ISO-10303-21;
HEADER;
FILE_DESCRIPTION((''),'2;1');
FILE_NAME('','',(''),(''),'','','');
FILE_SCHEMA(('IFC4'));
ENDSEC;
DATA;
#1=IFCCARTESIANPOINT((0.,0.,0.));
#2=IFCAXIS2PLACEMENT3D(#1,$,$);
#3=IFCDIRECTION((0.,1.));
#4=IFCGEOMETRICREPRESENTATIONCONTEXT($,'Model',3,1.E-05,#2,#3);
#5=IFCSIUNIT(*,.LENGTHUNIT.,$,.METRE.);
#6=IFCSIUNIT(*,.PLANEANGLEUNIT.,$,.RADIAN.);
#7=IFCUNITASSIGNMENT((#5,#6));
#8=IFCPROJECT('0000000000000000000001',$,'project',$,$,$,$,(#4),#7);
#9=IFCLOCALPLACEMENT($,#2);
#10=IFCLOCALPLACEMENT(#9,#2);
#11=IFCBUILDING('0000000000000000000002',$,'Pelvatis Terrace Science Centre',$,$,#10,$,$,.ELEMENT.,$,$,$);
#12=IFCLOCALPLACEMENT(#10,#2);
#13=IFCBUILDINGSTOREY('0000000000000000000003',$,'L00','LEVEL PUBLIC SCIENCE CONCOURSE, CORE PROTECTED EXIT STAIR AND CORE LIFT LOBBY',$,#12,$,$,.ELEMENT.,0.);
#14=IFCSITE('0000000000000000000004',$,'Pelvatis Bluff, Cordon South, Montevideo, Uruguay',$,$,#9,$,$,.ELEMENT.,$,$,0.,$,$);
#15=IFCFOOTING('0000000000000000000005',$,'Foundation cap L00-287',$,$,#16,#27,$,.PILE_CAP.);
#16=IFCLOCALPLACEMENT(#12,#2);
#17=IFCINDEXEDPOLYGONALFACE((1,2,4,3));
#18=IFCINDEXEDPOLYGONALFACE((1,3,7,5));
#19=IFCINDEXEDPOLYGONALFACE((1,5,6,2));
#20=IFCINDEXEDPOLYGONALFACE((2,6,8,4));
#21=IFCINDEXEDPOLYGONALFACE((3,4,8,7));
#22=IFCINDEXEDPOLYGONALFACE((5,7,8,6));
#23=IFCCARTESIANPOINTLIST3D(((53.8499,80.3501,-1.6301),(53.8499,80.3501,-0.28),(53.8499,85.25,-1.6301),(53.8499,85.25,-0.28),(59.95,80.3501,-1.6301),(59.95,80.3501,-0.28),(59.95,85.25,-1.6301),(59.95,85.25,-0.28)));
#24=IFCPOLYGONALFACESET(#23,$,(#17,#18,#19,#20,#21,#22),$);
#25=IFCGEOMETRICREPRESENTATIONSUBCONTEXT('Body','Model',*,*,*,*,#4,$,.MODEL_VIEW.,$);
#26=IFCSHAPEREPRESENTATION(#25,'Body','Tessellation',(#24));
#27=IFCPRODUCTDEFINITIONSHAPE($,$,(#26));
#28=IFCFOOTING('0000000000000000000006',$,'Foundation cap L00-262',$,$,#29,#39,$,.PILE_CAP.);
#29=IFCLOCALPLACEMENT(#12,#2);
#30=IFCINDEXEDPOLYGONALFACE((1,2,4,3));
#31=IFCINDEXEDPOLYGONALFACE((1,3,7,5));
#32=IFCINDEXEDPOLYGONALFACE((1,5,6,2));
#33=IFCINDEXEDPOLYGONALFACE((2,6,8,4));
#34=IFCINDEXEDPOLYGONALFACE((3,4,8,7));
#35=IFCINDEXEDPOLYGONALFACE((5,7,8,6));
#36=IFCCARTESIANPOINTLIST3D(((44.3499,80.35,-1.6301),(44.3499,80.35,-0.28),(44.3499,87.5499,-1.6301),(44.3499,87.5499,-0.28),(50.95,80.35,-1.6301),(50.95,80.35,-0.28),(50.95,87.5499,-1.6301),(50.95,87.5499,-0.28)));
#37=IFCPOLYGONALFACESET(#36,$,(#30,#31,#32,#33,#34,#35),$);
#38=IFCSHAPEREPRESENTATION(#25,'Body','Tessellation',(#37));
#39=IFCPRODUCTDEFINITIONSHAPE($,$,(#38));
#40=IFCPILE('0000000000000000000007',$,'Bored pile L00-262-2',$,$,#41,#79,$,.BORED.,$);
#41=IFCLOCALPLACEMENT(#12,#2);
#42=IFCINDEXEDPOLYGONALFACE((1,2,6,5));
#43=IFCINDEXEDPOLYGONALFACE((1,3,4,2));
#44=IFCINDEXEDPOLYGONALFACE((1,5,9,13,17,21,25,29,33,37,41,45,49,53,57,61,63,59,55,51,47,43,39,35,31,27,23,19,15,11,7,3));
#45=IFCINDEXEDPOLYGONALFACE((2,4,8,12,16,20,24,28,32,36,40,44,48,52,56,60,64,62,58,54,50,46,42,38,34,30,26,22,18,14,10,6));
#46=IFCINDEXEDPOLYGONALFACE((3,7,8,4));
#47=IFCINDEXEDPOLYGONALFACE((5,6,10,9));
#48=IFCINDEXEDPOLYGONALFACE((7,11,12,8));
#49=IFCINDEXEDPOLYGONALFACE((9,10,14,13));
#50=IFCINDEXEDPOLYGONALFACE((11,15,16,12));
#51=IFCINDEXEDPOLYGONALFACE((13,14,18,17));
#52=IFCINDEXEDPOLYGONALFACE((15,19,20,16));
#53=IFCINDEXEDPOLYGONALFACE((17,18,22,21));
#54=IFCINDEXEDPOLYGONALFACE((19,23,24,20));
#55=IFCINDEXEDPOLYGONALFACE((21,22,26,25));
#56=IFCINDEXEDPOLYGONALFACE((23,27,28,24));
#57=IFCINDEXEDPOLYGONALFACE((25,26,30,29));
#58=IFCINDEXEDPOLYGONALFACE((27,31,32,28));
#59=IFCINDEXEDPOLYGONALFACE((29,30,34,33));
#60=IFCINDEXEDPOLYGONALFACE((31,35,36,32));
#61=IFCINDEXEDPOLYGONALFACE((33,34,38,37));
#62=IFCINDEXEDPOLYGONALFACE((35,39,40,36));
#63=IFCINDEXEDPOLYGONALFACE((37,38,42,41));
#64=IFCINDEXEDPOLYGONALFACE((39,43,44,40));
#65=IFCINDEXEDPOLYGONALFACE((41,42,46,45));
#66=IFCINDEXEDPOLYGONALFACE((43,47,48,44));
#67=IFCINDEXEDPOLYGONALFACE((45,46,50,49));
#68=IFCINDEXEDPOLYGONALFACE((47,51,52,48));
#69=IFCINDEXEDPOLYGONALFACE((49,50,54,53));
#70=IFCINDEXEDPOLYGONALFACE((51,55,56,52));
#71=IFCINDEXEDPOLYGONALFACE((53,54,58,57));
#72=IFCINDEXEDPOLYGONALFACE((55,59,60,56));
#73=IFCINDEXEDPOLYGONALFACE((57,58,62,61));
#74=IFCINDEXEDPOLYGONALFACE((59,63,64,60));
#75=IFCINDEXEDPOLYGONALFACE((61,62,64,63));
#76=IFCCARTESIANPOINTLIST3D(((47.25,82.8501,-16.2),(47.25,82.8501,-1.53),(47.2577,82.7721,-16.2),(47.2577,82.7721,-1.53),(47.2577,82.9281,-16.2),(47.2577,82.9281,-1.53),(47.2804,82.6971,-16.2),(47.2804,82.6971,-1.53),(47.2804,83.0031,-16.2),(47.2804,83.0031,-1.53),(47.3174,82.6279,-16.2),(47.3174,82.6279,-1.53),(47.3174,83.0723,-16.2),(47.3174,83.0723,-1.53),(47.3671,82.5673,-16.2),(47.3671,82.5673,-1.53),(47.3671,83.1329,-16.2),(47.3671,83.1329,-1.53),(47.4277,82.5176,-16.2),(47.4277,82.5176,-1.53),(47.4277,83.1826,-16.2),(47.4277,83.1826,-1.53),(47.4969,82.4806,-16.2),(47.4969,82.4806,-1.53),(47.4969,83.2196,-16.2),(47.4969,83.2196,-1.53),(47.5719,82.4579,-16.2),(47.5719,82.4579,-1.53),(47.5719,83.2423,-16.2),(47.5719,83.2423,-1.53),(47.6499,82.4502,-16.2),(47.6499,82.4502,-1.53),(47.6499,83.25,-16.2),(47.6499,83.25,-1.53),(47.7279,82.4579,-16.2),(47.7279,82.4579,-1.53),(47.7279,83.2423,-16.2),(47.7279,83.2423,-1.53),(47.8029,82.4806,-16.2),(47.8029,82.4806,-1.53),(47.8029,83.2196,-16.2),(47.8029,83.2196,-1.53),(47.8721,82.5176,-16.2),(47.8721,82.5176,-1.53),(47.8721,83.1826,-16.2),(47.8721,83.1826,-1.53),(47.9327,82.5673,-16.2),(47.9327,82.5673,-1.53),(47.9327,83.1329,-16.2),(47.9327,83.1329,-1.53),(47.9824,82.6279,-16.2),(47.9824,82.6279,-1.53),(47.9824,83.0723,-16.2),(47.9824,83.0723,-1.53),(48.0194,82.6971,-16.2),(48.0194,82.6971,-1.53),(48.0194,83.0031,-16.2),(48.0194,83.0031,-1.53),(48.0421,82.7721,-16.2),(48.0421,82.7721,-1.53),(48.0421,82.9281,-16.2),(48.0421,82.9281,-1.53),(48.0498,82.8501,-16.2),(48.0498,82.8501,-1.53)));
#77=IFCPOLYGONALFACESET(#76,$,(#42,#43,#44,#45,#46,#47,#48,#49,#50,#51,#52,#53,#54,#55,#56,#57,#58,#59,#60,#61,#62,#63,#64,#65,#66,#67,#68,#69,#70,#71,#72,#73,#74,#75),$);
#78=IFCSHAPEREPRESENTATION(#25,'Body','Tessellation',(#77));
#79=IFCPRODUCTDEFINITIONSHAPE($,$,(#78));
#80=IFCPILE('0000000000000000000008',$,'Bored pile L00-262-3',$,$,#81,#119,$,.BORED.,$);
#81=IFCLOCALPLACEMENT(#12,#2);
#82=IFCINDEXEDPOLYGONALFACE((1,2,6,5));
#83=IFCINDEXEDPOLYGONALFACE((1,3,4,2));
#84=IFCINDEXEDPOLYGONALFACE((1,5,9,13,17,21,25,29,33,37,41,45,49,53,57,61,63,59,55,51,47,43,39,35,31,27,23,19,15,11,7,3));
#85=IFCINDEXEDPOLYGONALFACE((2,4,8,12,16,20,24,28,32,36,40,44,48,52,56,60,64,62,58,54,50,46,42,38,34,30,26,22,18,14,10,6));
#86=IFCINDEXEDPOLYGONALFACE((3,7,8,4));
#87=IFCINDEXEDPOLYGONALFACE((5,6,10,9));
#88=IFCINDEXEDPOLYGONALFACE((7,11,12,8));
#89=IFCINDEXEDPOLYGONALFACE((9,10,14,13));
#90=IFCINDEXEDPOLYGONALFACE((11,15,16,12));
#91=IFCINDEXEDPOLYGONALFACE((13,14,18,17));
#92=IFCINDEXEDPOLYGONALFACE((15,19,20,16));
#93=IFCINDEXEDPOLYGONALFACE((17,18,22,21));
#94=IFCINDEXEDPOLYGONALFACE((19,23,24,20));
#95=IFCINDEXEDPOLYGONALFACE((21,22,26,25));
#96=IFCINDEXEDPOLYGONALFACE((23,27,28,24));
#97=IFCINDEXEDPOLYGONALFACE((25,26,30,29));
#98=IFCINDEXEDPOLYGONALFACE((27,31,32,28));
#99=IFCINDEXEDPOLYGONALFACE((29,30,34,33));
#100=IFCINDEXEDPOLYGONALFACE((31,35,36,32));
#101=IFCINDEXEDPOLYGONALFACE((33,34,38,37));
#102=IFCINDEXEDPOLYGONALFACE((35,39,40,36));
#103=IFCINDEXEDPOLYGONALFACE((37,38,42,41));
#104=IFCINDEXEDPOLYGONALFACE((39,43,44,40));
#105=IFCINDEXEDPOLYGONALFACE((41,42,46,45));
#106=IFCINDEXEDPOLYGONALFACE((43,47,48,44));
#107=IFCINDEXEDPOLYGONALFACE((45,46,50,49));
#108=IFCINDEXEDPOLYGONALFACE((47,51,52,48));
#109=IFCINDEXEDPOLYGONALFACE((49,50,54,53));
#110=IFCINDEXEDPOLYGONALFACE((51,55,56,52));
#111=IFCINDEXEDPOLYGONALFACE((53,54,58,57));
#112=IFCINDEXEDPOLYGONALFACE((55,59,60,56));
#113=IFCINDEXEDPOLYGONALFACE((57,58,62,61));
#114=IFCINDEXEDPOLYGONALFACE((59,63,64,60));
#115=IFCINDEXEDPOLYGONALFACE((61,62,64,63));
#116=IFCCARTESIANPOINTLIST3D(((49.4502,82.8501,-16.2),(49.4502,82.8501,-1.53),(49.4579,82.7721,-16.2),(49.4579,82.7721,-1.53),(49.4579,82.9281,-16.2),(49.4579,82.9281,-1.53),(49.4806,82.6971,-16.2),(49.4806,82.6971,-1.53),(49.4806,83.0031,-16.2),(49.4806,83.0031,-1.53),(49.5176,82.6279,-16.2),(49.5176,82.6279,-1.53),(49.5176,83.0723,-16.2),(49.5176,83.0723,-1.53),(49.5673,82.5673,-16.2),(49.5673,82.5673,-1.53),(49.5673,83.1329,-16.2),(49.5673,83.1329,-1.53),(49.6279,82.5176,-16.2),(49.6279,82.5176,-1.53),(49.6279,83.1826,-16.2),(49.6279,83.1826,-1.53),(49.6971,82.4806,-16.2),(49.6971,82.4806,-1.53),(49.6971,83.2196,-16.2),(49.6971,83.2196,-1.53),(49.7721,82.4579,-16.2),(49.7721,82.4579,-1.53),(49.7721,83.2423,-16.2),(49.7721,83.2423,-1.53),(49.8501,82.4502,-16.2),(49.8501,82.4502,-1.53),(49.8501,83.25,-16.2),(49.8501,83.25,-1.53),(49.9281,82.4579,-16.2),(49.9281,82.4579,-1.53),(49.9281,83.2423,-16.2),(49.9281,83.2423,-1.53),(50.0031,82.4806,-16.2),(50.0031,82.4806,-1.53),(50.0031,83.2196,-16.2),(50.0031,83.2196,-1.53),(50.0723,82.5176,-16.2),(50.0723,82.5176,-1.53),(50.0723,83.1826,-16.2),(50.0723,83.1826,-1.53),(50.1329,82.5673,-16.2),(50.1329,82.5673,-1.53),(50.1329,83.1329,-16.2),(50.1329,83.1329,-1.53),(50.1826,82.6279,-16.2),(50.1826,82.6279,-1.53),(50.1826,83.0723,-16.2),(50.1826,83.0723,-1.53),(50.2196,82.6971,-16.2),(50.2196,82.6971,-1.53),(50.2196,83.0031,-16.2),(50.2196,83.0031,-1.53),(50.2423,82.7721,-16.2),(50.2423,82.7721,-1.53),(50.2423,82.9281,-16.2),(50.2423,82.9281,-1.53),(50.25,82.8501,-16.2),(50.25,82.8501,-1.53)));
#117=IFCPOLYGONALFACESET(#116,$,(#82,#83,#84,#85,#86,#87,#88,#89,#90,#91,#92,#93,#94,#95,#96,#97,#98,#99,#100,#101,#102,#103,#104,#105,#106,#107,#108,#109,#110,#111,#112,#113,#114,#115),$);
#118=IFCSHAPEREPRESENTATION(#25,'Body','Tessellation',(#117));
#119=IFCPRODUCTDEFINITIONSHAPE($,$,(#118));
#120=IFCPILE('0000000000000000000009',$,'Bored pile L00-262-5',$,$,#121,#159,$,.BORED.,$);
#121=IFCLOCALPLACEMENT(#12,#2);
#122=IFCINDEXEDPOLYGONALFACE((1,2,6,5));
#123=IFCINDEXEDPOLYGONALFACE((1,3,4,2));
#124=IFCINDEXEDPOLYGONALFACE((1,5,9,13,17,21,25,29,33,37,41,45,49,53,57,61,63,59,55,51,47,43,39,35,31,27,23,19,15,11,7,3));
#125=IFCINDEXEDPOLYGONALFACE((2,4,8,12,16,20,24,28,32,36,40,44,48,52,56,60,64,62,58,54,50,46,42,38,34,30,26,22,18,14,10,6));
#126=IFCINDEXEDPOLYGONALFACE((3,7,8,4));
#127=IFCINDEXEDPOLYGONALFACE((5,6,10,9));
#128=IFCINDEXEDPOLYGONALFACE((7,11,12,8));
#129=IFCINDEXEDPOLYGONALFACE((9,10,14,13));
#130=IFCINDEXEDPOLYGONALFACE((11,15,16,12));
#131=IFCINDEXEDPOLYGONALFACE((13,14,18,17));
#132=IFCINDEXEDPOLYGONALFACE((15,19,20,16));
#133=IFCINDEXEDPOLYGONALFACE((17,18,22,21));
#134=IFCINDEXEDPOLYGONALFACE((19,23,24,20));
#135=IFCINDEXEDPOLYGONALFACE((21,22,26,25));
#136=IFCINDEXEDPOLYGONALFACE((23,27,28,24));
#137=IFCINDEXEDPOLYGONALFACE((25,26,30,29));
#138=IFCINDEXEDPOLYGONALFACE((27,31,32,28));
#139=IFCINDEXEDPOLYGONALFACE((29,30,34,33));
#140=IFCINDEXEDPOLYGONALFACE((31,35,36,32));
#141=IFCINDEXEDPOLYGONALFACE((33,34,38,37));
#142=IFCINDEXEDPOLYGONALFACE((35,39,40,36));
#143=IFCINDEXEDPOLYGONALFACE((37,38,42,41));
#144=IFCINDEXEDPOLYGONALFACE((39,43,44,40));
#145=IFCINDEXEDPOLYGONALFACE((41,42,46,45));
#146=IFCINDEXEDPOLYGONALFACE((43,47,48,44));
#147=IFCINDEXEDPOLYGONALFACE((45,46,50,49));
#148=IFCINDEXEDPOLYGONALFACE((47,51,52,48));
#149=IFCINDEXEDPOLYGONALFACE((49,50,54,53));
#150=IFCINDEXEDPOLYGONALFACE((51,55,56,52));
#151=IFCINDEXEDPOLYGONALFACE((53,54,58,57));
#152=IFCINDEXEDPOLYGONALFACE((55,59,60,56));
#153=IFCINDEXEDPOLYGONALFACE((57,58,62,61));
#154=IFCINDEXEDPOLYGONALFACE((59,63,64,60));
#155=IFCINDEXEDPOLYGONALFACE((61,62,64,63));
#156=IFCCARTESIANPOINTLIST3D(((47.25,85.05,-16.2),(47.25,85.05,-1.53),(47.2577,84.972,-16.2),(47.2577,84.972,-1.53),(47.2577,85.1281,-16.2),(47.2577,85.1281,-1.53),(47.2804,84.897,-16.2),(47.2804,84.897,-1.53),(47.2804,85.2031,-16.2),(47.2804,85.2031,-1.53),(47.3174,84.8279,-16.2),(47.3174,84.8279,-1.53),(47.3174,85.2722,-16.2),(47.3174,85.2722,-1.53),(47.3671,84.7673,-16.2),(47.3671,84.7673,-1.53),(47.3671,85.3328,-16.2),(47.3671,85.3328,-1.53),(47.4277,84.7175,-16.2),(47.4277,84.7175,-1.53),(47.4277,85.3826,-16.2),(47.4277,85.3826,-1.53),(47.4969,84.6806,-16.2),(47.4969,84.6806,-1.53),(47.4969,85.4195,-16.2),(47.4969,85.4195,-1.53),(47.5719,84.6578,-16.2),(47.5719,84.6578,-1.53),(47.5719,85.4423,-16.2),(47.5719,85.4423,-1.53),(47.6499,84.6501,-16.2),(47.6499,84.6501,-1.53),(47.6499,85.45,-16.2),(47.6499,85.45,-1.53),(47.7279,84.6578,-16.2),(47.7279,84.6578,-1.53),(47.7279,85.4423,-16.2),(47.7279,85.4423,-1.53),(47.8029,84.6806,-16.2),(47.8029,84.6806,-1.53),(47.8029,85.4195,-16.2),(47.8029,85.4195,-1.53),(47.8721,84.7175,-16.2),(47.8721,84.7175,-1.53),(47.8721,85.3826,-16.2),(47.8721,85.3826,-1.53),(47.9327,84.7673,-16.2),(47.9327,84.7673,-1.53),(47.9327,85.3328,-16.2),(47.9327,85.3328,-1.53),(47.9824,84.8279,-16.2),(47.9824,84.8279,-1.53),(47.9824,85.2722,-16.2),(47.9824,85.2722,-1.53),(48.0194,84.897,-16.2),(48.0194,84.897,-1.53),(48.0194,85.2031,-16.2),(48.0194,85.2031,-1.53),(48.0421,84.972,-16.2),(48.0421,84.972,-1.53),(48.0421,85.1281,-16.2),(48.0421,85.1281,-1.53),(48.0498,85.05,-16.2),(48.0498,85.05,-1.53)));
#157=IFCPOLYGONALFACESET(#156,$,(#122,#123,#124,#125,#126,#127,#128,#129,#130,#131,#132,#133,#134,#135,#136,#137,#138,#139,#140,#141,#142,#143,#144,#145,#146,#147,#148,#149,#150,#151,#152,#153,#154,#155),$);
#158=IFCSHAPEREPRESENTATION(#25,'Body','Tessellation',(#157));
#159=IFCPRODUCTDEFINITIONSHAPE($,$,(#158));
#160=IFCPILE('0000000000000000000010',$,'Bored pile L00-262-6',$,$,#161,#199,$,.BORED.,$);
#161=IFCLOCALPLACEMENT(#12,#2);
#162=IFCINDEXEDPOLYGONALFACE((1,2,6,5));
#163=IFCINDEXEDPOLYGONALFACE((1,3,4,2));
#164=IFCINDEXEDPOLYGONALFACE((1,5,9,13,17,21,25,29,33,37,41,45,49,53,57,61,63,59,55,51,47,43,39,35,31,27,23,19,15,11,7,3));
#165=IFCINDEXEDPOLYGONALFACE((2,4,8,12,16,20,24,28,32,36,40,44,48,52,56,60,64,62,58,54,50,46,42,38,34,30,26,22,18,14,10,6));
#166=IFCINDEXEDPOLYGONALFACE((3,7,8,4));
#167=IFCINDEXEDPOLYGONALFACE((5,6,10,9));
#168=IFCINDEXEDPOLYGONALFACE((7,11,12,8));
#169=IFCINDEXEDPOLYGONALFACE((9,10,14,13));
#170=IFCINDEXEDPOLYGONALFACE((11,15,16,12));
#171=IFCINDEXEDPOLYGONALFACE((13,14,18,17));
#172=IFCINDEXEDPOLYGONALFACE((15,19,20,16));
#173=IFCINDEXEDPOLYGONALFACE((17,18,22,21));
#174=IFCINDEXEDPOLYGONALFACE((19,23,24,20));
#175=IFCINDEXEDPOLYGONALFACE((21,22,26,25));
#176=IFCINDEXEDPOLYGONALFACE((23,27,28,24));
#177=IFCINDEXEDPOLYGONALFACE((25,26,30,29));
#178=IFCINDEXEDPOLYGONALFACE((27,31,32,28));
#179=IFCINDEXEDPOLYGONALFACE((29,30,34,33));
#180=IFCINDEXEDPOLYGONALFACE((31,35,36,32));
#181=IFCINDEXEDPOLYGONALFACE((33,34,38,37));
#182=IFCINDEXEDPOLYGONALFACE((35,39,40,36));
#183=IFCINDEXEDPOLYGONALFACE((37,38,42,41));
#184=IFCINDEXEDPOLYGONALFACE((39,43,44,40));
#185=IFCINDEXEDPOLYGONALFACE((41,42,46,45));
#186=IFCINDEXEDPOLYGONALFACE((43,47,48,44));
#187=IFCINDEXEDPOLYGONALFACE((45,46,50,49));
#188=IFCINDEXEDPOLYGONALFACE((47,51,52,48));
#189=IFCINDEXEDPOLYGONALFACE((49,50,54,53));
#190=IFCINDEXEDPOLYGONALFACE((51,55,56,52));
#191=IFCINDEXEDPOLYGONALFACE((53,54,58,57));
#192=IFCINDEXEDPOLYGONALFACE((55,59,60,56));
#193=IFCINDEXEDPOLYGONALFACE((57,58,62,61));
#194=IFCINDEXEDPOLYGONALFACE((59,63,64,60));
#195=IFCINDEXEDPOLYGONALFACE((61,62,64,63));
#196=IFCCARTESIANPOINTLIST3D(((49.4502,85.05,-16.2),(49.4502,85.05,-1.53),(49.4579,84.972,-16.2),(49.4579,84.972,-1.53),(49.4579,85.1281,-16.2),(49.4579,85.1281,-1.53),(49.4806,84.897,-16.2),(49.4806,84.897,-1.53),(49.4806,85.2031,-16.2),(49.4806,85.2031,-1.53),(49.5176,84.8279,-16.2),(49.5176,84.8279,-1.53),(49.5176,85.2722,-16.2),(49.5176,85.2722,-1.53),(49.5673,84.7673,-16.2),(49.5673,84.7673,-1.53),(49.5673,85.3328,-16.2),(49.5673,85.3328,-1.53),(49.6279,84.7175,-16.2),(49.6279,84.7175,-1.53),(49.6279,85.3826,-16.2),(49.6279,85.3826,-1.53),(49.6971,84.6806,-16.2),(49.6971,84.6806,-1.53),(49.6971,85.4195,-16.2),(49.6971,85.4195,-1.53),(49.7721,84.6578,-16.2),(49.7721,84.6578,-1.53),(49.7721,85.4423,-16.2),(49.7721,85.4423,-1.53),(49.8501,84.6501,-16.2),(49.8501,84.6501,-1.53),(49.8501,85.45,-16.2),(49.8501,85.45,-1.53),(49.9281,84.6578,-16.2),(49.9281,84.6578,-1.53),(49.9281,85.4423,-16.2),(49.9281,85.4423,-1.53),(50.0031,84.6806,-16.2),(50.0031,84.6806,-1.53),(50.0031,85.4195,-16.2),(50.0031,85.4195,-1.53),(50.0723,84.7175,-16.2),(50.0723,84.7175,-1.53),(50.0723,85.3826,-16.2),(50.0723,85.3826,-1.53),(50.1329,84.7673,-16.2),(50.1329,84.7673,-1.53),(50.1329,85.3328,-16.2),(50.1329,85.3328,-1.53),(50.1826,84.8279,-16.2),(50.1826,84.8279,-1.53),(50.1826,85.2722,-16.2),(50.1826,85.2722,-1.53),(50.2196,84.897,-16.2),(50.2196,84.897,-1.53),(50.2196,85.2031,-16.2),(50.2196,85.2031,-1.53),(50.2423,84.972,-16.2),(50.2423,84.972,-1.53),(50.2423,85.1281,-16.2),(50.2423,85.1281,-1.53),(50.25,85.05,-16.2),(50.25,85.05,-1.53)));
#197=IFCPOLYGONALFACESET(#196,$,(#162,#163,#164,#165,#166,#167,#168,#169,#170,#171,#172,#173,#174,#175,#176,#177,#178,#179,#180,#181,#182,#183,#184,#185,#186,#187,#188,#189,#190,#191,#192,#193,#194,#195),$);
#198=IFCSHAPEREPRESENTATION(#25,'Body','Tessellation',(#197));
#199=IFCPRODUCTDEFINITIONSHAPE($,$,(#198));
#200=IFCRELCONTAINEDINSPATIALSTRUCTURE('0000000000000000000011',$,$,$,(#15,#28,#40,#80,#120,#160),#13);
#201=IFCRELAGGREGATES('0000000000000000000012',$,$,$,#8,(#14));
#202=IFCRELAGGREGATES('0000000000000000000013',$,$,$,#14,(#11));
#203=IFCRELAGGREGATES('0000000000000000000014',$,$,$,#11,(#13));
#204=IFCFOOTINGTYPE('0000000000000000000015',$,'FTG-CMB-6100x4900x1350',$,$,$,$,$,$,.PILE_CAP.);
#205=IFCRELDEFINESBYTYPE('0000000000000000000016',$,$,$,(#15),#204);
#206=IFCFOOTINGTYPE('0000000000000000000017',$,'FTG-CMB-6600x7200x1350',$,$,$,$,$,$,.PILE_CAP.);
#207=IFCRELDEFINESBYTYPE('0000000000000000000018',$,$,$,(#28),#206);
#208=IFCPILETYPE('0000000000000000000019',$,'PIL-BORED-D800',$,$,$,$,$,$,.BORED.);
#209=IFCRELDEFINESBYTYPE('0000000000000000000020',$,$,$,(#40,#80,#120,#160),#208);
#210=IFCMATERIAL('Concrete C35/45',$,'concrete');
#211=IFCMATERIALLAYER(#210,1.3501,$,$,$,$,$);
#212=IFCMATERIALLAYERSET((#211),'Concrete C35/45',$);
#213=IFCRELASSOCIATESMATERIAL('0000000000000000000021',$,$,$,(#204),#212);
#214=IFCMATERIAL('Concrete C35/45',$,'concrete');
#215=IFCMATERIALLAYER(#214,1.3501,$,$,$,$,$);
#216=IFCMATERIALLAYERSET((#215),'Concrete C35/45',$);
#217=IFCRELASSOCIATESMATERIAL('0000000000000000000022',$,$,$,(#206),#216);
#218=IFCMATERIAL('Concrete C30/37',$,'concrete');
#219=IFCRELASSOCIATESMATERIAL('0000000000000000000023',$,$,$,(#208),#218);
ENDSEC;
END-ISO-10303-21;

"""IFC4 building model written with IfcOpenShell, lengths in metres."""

from ifc_helpers import new_model, si_unit, direction, frame, origin, origin_2d, place, context, subcontext, project, spatial, rectangle, circle, extrude, material, layer, layer_set, material_profile, profile_set, type_object, element, save


model = new_model("IFC4")

# Units and contexts
model_context = context("Model", 3, precision=1e-05, world=origin(), true_north=direction((0.0, 1.0)))
body_context = subcontext(model_context, "Body", "Model", "MODEL_VIEW")
ifc_project = project(units=[si_unit("LENGTHUNIT", "METRE"), si_unit("PLANEANGLEUNIT", "RADIAN")], contexts=[model_context])

# Site, building, storey
site_placement = place(None, origin())
site = spatial("IfcSite", under=ifc_project, at=site_placement, Name="Pelvatis Bluff, Cordon South, Montevideo, Uruguay", CompositionType="ELEMENT", RefElevation=0.0)
building_placement = place(site_placement, origin())
building = spatial("IfcBuilding", under=site, at=building_placement, Name="Pelvatis Terrace Science Centre", CompositionType="ELEMENT")
storey_placement = place(building_placement, origin())
storey = spatial("IfcBuildingStorey", under=building, at=storey_placement, Name="L00", Description="LEVEL PUBLIC SCIENCE CONCOURSE, CORE PROTECTED EXIT STAIR AND CORE LIFT LOBBY", CompositionType="ELEMENT", Elevation=0.0)

# Footings
ifc_material_1 = material(Name="Concrete C35/45", Category="concrete")
ifc_layer_1 = layer(ifc_material_1, 1.3501)
ifc_layer_set_1 = layer_set([ifc_layer_1], Name="Concrete C35/45")
footing_type_1 = type_object("IfcFootingType", Name="FTG-CMB-6100x4900x1350", PredefinedType="PILE_CAP", material=ifc_layer_set_1)
footing_1_placement = place(storey_placement, frame((56.8999, 82.8, -1.6301), z_axis=(0.0, 0.0, 1.0), x_axis=(1.0, 0.0, 0.0)))
element("IfcFooting", 1, at=footing_1_placement, inside=storey, type_object=footing_type_1, Name="Foundation cap L00-287", PredefinedType="PILE_CAP", context=body_context, shape_type="SweptSolid", body=[
    extrude(rectangle(XDim=6.1001, YDim=4.8999, at=origin_2d()), origin(), (0.0, 0.0, 1.0), 1.3501),
])
ifc_material_2 = material(Name="Concrete C35/45", Category="concrete")
ifc_layer_2 = layer(ifc_material_2, 1.3501)
ifc_layer_set_2 = layer_set([ifc_layer_2], Name="Concrete C35/45")
footing_type_2 = type_object("IfcFootingType", Name="FTG-CMB-6600x7200x1350", PredefinedType="PILE_CAP", material=ifc_layer_set_2)
footing_2_placement = place(storey_placement, frame((47.6499, 83.95, -1.6301), z_axis=(0.0, 0.0, 1.0), x_axis=(1.0, 0.0, 0.0)))
element("IfcFooting", 2, at=footing_2_placement, inside=storey, type_object=footing_type_2, Name="Foundation cap L00-262", PredefinedType="PILE_CAP", context=body_context, shape_type="SweptSolid", body=[
    extrude(rectangle(XDim=6.6001, YDim=7.2, at=origin_2d()), origin(), (0.0, 0.0, 1.0), 1.3501),
])

# Piles
ifc_material_3 = material(Name="Concrete C30/37", Category="concrete")
ifc_material_profile_1 = material_profile(ifc_material_3, circle(Radius=0.3999, at=origin_2d()), Name="PILE D800")
ifc_profile_set_1 = profile_set([ifc_material_profile_1], Name="Concrete C30/37")
pile_type = type_object("IfcPileType", Name="PIL-BORED-D800", PredefinedType="BORED", material=ifc_profile_set_1)
for number, where, z_axis, x_axis, name in (
    (3, (47.6499, 82.8501, -1.53), (0.0, 0.0, -1.0), (1.0, 0.0, 0.0), "Bored pile L00-262-2"),
    (4, (49.8501, 82.8501, -1.53), (0.0, 0.0, -1.0), (1.0, 0.0, 0.0), "Bored pile L00-262-3"),
    (5, (47.6499, 85.05, -1.53), (0.0, 0.0, -1.0), (1.0, 0.0, 0.0), "Bored pile L00-262-5"),
    (6, (49.8501, 85.05, -1.53), (0.0, 0.0, -1.0), (1.0, 0.0, 0.0), "Bored pile L00-262-6"),
):
    element("IfcPile", number, at=place(storey_placement, frame(where, z_axis=z_axis, x_axis=x_axis)), inside=storey, type_object=pile_type, Name=name, PredefinedType="BORED", context=body_context, shape_type="SweptSolid", body=[
        extrude(circle(Radius=0.3999, at=origin_2d()), origin(), (0.0, 0.0, 1.0), 14.6699),
    ])

save(model, "model.ifc")
